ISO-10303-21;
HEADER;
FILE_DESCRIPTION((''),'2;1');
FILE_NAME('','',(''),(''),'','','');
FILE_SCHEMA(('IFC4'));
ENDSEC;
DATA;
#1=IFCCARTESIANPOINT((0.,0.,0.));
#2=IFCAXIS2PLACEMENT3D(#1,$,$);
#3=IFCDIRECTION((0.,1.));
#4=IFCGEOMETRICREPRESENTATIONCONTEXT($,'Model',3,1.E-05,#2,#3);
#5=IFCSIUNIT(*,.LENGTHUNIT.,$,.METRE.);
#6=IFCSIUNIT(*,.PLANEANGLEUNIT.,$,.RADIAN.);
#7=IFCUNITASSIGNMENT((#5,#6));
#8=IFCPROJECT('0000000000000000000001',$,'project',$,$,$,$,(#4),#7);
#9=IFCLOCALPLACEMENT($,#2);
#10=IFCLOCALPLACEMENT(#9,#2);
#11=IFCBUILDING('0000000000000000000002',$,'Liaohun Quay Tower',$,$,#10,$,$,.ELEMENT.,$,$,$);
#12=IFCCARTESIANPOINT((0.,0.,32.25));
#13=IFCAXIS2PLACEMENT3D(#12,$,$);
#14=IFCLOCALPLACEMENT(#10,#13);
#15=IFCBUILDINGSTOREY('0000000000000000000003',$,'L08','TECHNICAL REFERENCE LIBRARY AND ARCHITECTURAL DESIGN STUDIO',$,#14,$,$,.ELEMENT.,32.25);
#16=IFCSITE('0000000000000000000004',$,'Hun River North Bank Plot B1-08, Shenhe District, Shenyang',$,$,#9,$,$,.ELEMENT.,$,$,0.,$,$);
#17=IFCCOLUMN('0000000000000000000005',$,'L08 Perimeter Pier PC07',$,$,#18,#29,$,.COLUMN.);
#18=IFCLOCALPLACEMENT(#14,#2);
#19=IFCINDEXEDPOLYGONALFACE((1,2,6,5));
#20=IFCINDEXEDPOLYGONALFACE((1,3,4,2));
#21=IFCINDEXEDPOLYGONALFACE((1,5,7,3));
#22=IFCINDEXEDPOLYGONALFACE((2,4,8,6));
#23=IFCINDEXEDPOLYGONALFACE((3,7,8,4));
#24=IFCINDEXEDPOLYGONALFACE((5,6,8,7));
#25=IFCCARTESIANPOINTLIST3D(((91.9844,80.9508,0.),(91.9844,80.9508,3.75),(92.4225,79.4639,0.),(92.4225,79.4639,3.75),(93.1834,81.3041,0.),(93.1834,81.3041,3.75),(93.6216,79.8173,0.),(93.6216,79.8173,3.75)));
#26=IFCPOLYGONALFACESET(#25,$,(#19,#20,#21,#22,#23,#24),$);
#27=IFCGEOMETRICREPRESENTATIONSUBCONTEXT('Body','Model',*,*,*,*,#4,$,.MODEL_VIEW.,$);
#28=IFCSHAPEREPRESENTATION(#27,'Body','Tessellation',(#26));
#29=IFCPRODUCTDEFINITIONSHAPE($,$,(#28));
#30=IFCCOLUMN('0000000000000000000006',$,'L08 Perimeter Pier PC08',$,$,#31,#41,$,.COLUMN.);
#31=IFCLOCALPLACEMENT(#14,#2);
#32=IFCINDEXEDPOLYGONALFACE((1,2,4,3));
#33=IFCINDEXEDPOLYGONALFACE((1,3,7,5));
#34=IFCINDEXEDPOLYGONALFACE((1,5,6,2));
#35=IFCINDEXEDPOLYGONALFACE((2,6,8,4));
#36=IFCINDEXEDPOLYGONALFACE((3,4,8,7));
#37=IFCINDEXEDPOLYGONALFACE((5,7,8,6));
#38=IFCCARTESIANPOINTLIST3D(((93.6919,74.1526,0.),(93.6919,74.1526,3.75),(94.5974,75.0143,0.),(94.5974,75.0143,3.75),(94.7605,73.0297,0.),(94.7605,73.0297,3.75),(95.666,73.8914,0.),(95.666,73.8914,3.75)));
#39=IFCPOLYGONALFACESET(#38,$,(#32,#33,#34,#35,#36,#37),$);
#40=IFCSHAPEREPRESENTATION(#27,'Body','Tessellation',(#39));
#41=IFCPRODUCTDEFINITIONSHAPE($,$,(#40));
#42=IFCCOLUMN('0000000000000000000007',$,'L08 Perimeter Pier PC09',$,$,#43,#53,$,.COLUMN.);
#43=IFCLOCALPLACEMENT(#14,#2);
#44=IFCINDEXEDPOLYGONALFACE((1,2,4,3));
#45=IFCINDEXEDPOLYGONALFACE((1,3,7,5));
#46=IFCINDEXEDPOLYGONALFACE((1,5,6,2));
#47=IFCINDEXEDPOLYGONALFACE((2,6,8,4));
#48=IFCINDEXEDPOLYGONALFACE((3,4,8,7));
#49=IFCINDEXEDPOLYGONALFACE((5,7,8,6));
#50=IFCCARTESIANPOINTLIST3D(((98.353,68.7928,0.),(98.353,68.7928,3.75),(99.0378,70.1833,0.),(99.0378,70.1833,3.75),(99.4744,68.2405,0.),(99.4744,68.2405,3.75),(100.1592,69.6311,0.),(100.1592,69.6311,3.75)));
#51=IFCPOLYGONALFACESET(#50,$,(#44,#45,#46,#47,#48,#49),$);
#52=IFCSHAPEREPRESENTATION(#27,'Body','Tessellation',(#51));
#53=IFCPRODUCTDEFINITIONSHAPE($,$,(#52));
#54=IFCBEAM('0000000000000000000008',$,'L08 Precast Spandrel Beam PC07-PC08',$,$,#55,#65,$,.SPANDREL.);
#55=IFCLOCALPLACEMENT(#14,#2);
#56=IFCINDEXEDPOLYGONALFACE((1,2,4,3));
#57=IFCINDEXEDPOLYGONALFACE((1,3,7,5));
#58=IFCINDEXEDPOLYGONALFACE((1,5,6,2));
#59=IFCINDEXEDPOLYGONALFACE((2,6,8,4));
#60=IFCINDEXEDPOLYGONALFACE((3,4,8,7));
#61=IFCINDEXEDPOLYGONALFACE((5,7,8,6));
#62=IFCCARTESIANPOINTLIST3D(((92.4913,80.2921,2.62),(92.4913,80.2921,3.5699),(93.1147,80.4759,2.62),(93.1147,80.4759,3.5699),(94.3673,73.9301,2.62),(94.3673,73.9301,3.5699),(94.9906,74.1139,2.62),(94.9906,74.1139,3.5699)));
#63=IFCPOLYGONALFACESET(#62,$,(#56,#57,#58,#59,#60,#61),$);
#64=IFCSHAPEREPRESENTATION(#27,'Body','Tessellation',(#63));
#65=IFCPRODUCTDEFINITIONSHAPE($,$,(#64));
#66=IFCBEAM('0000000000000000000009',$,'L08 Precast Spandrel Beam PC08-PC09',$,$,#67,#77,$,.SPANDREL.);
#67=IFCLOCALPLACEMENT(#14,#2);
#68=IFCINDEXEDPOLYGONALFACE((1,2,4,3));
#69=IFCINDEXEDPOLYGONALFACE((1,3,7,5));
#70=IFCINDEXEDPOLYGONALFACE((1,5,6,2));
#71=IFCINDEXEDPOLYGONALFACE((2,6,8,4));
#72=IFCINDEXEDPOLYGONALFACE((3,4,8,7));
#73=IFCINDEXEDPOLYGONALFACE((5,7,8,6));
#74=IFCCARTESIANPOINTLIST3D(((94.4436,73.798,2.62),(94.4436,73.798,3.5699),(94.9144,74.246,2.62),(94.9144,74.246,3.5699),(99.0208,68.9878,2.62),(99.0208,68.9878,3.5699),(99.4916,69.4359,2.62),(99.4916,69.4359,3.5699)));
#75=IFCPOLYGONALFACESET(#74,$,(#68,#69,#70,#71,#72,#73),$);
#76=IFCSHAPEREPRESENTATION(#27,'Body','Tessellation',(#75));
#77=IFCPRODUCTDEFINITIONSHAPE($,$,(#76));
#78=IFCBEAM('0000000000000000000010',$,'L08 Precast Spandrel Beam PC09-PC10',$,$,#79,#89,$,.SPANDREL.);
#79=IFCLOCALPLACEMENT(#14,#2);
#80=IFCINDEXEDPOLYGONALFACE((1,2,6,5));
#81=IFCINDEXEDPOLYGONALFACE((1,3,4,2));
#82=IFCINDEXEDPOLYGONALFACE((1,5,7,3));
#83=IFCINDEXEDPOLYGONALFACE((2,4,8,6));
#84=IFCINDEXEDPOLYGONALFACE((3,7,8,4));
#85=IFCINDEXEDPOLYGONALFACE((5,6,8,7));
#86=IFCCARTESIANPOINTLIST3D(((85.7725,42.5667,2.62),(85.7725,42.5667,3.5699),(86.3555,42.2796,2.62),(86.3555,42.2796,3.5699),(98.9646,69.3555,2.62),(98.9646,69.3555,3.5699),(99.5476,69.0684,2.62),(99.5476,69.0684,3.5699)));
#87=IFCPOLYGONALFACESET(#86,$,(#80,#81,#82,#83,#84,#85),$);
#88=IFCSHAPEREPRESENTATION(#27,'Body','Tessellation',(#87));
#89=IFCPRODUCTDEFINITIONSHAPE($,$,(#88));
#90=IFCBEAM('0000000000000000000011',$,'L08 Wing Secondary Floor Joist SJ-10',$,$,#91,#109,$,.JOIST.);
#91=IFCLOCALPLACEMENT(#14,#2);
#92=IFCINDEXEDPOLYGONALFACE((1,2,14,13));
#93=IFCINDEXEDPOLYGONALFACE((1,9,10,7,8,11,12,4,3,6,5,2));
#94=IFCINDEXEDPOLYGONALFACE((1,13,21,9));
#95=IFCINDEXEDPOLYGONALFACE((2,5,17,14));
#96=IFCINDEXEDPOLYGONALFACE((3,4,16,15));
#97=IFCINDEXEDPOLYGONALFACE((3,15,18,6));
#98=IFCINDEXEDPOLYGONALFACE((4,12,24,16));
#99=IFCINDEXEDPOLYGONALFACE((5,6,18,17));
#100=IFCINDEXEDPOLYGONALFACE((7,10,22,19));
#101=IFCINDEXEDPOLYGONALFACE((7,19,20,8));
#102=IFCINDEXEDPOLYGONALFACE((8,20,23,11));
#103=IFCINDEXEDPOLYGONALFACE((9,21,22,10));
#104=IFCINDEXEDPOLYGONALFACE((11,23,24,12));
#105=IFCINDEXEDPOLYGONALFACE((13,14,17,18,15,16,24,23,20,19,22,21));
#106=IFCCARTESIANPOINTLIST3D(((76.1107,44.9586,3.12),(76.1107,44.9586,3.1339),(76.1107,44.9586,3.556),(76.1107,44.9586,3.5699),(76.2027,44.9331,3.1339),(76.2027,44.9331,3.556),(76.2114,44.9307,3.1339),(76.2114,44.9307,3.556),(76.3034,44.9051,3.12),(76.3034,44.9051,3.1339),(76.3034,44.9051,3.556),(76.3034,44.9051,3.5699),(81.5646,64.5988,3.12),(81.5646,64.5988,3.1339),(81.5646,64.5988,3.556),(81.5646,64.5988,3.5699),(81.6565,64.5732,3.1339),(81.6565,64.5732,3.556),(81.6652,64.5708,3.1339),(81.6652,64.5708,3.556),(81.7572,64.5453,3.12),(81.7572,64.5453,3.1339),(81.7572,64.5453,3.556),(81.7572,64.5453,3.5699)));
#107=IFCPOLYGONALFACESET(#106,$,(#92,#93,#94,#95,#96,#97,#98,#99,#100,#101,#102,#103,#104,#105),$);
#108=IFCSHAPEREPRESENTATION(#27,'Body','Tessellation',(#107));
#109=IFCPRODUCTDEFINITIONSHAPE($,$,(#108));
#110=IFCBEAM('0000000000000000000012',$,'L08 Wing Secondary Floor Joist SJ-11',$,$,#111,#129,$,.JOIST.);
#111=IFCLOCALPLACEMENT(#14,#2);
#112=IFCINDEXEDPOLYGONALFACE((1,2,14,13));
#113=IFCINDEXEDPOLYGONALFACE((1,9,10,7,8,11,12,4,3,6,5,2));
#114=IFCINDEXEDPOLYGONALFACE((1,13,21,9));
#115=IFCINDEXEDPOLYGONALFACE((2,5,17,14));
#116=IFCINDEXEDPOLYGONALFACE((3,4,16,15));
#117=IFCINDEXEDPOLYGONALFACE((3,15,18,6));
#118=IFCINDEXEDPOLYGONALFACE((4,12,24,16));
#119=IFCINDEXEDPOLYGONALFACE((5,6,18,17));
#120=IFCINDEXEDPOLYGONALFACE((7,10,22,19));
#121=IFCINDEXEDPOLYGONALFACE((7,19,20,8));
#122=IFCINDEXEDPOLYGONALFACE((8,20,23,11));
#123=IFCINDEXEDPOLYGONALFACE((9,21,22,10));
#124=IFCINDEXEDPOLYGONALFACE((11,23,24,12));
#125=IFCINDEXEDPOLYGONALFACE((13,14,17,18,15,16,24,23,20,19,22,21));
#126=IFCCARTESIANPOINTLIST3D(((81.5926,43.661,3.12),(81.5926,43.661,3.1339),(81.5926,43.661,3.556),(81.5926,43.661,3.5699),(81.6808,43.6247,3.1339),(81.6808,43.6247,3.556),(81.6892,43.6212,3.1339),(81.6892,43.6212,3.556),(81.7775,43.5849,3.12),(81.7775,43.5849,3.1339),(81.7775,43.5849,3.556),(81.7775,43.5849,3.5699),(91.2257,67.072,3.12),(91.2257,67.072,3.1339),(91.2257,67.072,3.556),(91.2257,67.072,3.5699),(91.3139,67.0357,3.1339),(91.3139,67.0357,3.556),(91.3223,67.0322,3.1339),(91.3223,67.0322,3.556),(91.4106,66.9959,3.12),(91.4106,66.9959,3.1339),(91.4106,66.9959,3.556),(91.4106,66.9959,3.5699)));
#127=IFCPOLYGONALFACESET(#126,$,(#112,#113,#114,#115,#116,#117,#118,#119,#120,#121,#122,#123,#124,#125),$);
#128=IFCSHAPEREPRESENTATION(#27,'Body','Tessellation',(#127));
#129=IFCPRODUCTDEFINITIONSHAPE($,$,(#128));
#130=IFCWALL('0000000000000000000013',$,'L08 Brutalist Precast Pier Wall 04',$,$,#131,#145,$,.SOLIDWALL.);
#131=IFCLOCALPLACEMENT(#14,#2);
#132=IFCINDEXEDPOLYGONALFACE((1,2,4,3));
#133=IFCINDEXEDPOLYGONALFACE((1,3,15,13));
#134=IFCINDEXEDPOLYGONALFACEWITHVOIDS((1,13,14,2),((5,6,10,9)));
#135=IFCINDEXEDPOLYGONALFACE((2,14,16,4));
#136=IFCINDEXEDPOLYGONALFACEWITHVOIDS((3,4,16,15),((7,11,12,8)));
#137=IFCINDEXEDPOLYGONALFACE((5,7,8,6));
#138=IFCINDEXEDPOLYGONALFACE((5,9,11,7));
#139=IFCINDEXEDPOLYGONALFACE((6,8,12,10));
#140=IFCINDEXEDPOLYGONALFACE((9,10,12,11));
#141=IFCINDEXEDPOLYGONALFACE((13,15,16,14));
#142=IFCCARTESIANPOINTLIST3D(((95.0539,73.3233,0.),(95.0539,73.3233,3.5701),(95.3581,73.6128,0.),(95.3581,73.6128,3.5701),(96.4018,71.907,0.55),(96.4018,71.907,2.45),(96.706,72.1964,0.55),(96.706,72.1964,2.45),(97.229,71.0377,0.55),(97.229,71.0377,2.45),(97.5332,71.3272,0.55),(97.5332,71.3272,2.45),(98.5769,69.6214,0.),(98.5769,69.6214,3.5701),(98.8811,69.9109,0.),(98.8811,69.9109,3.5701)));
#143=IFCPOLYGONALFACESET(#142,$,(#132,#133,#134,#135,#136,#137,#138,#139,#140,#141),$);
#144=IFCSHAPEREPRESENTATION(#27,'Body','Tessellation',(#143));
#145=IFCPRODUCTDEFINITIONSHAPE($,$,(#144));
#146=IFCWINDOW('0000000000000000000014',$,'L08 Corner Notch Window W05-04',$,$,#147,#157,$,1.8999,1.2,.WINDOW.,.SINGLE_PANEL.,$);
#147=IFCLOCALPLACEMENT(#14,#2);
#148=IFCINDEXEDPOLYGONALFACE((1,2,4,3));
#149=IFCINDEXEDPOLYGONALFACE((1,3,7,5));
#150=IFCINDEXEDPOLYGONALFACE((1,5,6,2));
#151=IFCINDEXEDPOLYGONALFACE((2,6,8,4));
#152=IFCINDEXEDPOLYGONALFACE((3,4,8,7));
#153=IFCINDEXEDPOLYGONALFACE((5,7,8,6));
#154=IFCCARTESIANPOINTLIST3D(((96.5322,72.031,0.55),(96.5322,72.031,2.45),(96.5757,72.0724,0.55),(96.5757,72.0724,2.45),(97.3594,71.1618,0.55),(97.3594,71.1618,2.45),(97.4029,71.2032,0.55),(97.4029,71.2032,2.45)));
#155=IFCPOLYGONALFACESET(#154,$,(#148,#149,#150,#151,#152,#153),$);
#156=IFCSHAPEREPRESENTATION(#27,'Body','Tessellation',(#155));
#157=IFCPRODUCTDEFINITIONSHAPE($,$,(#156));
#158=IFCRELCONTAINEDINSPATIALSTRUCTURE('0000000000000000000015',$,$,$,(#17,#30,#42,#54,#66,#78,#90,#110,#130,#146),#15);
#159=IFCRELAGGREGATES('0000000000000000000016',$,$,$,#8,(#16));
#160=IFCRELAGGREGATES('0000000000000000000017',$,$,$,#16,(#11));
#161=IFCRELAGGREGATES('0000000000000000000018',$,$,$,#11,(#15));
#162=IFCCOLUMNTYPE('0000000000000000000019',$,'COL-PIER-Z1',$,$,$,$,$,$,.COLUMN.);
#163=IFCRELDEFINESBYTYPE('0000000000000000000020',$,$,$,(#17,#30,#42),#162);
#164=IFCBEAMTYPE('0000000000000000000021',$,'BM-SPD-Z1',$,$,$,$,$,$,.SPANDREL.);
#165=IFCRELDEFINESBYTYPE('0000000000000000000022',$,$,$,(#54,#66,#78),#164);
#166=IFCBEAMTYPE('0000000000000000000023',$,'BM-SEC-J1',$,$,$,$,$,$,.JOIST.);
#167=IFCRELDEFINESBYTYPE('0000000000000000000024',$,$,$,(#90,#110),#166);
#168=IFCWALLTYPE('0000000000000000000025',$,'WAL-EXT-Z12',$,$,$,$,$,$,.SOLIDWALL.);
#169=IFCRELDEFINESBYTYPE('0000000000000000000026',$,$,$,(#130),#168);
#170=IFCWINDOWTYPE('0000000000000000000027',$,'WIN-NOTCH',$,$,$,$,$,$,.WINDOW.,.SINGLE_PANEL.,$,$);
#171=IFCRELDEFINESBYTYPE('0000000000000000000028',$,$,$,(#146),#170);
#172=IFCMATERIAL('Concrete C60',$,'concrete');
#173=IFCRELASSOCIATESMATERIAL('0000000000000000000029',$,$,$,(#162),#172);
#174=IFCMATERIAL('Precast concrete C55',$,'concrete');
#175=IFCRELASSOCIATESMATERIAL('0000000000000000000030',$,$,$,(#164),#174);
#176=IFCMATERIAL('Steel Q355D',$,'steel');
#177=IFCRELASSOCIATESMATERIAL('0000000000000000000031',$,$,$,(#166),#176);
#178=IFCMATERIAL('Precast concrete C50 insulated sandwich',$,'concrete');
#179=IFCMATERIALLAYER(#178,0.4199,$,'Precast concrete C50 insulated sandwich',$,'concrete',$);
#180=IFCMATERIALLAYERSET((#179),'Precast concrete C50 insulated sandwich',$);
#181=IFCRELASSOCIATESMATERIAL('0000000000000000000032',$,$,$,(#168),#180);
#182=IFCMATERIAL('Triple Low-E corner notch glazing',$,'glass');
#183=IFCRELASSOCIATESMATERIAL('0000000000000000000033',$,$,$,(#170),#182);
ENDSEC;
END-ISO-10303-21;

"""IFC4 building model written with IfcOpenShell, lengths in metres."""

from ifc_helpers import new_model, si_unit, direction, frame, frame_2d, origin, origin_2d, place, context, subcontext, project, spatial, rectangle, i_section, extrude, source, transform, mapped, material, layer, layer_set, material_profile, profile_set, type_object, element, fill, save


model = new_model("IFC4")

# Units and contexts
model_context = context("Model", 3, precision=1e-05, world=origin(), true_north=direction((0.0, 1.0)))
body_context = subcontext(model_context, "Body", "Model", "MODEL_VIEW")
ifc_project = project(units=[si_unit("LENGTHUNIT", "METRE"), si_unit("PLANEANGLEUNIT", "RADIAN")], contexts=[model_context])

# Site, building, storey
site_placement = place(None, origin())
site = spatial("IfcSite", under=ifc_project, at=site_placement, Name="Hun River North Bank Plot B1-08, Shenhe District, Shenyang", CompositionType="ELEMENT", RefElevation=0.0)
building_placement = place(site_placement, origin())
building = spatial("IfcBuilding", under=site, at=building_placement, Name="Liaohun Quay Tower", CompositionType="ELEMENT")
storey_placement = place(building_placement, frame((0.0, 0.0, 32.25)))
storey = spatial("IfcBuildingStorey", under=building, at=storey_placement, Name="L08", Description="TECHNICAL REFERENCE LIBRARY AND ARCHITECTURAL DESIGN STUDIO", CompositionType="ELEMENT", Elevation=32.25)

# Columns
ifc_material_1 = material(Name="Concrete C60", Category="concrete")
ifc_material_profile_1 = material_profile(ifc_material_1, rectangle(XDim=1.55, YDim=1.25, at=origin_2d()), Name="RC1550x1250")
ifc_profile_set_1 = profile_set([ifc_material_profile_1], Name="Concrete C60")
column_type = type_object("IfcColumnType", Name="COL-PIER-Z1", PredefinedType="COLUMN", material=ifc_profile_set_1)
shared_shape_1 = source(origin(), body_context, "Body", "SweptSolid", [
    extrude(rectangle(XDim=1.55, YDim=1.25, at=origin_2d()), origin(), (0.0, 0.0, 1.0), 3.75),
])
for number, where, z_axis, x_axis, name in (
    (1, (92.803, 80.384, 0.0), (0.0, 0.0, 1.0), (-0.282676, 0.959215, 0.0), "L08 Perimeter Pier PC07"),
    (2, (94.679, 74.022, 0.0), (0.0, 0.0, 1.0), (-0.689367, 0.724413, 0.0), "L08 Perimeter Pier PC08"),
    (3, (99.2561, 69.2119, 0.0), (0.0, 0.0, 1.0), (0.441819, 0.897104, 0.0), "L08 Perimeter Pier PC09"),
):
    element("IfcColumn", number, at=place(storey_placement, frame(where, z_axis=z_axis, x_axis=x_axis)), inside=storey, type_object=column_type, Name=name, PredefinedType="COLUMN", context=body_context, shape_type="MappedRepresentation", body=[
        mapped(shared_shape_1, transform((0.0, 0.0, 0.0), x_axis=(1.0, 0.0, 0.0), y_axis=(0.0, 1.0, 0.0), z_axis=(0.0, 0.0, 1.0), scale=1.0)),
    ])

# Beams
ifc_material_2 = material(Name="Precast concrete C55", Category="concrete")
ifc_material_profile_2 = material_profile(ifc_material_2, rectangle(XDim=0.6499, YDim=0.95, at=origin_2d()), Name="RC650x950")
ifc_profile_set_2 = profile_set([ifc_material_profile_2], Name="Precast concrete C55")
beam_type_1 = type_object("IfcBeamType", Name="BM-SPD-Z1", PredefinedType="SPANDREL", material=ifc_profile_set_2)
shared_shape_2 = source(origin(), body_context, "Body", "SweptSolid", [
    extrude(rectangle(XDim=0.6499, YDim=0.95, at=origin_2d()), origin(), (0.0, 0.0, 1.0), 6.6328),
])
beam_1_placement = place(storey_placement, frame((92.803, 80.384, 3.095), z_axis=(0.28283, -0.95917, 0.0), x_axis=(0.95917, 0.28283, 0.0)))
element("IfcBeam", 4, at=beam_1_placement, inside=storey, type_object=beam_type_1, Name="L08 Precast Spandrel Beam PC07-PC08", PredefinedType="SPANDREL", context=body_context, shape_type="MappedRepresentation", body=[
    mapped(shared_shape_2, transform((0.0, 0.0, 0.0), x_axis=(1.0, 0.0, 0.0), y_axis=(0.0, 1.0, 0.0), z_axis=(0.0, 0.0, 1.0), scale=1.0)),
])
shared_shape_3 = source(origin(), body_context, "Body", "SweptSolid", [
    extrude(rectangle(XDim=0.6499, YDim=0.95, at=origin_2d()), origin(), (0.0, 0.0, 1.0), 6.6399),
])
beam_2_placement = place(storey_placement, frame((94.679, 74.022, 3.095), z_axis=(0.68935, -0.724428, 0.0), x_axis=(0.724428, 0.68935, 0.0)))
element("IfcBeam", 5, at=beam_2_placement, inside=storey, type_object=beam_type_1, Name="L08 Precast Spandrel Beam PC08-PC09", PredefinedType="SPANDREL", context=body_context, shape_type="MappedRepresentation", body=[
    mapped(shared_shape_3, transform((0.0, 0.0, 0.0), x_axis=(1.0, 0.0, 0.0), y_axis=(0.0, 1.0, 0.0), z_axis=(0.0, 0.0, 1.0), scale=1.0)),
])
shared_shape_4 = source(origin(), body_context, "Body", "SweptSolid", [
    extrude(rectangle(XDim=0.6499, YDim=0.95, at=origin_2d()), origin(), (0.0, 0.0, 1.0), 29.8608),
])
beam_3_placement = place(storey_placement, frame((99.2561, 69.2119, 3.095), z_axis=(-0.441786, -0.89712, 0.0), x_axis=(0.89712, -0.441786, 0.0)))
element("IfcBeam", 6, at=beam_3_placement, inside=storey, type_object=beam_type_1, Name="L08 Precast Spandrel Beam PC09-PC10", PredefinedType="SPANDREL", context=body_context, shape_type="MappedRepresentation", body=[
    mapped(shared_shape_4, transform((0.0, 0.0, 0.0), x_axis=(1.0, 0.0, 0.0), y_axis=(0.0, 1.0, 0.0), z_axis=(0.0, 0.0, 1.0), scale=1.0)),
])
ifc_material_3 = material(Name="Steel Q355D", Category="steel")
ifc_material_profile_3 = material_profile(ifc_material_3, i_section(OverallWidth=0.2, OverallDepth=0.45, WebThickness=0.009, FlangeThickness=0.0139, at=origin_2d()), Name="HN450x200x9x14")
ifc_profile_set_3 = profile_set([ifc_material_profile_3], Name="Steel Q355D")
beam_type_2 = type_object("IfcBeamType", Name="BM-SEC-J1", PredefinedType="JOIST", material=ifc_profile_set_3)
shared_shape_5 = source(origin(), body_context, "Body", "SweptSolid", [
    extrude(i_section(OverallWidth=0.2, OverallDepth=0.45, WebThickness=0.009, FlangeThickness=0.0139, at=origin_2d()), origin(), (0.0, 0.0, 1.0), 20.3833),
])
beam_4_placement = place(storey_placement, frame((81.6609, 64.572, 3.345), z_axis=(-0.267565, -0.96354, 0.0), x_axis=(0.96354, -0.267565, 0.0)))
element("IfcBeam", 7, at=beam_4_placement, inside=storey, type_object=beam_type_2, Name="L08 Wing Secondary Floor Joist SJ-10", PredefinedType="JOIST", context=body_context, shape_type="MappedRepresentation", body=[
    mapped(shared_shape_5, transform((0.0, 0.0, 0.0), x_axis=(1.0, 0.0, 0.0), y_axis=(0.0, 1.0, 0.0), z_axis=(0.0, 0.0, 1.0), scale=1.0)),
])
shared_shape_6 = source(origin(), body_context, "Body", "SweptSolid", [
    extrude(i_section(OverallWidth=0.2, OverallDepth=0.45, WebThickness=0.009, FlangeThickness=0.0139, at=origin_2d()), origin(), (0.0, 0.0, 1.0), 25.3154),
])
beam_5_placement = place(storey_placement, frame((91.3181, 67.0339, 3.345), z_axis=(-0.380523, -0.924772, 0.0), x_axis=(0.924772, -0.380523, 0.0)))
element("IfcBeam", 8, at=beam_5_placement, inside=storey, type_object=beam_type_2, Name="L08 Wing Secondary Floor Joist SJ-11", PredefinedType="JOIST", context=body_context, shape_type="MappedRepresentation", body=[
    mapped(shared_shape_6, transform((0.0, 0.0, 0.0), x_axis=(1.0, 0.0, 0.0), y_axis=(0.0, 1.0, 0.0), z_axis=(0.0, 0.0, 1.0), scale=1.0)),
])

# Wall, opening, window
ifc_material_4 = material(Name="Precast concrete C50 insulated sandwich", Category="concrete")
ifc_layer_1 = layer(ifc_material_4, 0.4199, Name="Precast concrete C50 insulated sandwich", Category="concrete")
ifc_layer_set_1 = layer_set([ifc_layer_1], Name="Precast concrete C50 insulated sandwich")
wall_type_1 = type_object("IfcWallType", Name="WAL-EXT-Z12", PredefinedType="SOLIDWALL", material=ifc_layer_set_1)
wall_1_placement = place(storey_placement, frame((98.729, 69.7661, 0.0), z_axis=(0.0, 0.0, 1.0), x_axis=(-0.689381, 0.724399, 0.0)))
wall_1 = element("IfcWall", 9, at=wall_1_placement, inside=storey, type_object=wall_type_1, Name="L08 Brutalist Precast Pier Wall 04", PredefinedType="SOLIDWALL", context=body_context, shape_type="SweptSolid", body=[
    extrude(rectangle(XDim=5.1104, YDim=0.4199, at=frame_2d((2.5552, 0.0))), origin(), (0.0, 0.0, 1.0), 3.5701),
])
shared_shape_7 = source(origin(), body_context, "Body", "SweptSolid", [
    extrude(rectangle(XDim=1.2, YDim=1.8999, at=frame_2d((0.6001, 0.95))), frame((0.0, 0.22, 0.0), z_axis=(0.0, -1.0, 0.0), x_axis=(1.0, 0.0, 0.0)), (0.0, 0.0, 1.0), 0.4399),
])
opening_1_placement = place(wall_1_placement, frame((1.9551, 0.0, 0.55)))
opening_1 = element("IfcOpeningElement", 10, at=opening_1_placement, cuts=wall_1, PredefinedType="OPENING", context=body_context, shape_type="MappedRepresentation", body=[
    mapped(shared_shape_7, transform((0.0, 0.0, 0.0), x_axis=(1.0, 0.0, 0.0), y_axis=(0.0, 1.0, 0.0), z_axis=(0.0, 0.0, 1.0), scale=1.0)),
])
ifc_material_5 = material(Name="Triple Low-E corner notch glazing", Category="glass")
window_type_1 = type_object("IfcWindowType", Name="WIN-NOTCH", PartitioningType="SINGLE_PANEL", PredefinedType="WINDOW", material=ifc_material_5)
shared_shape_8 = source(origin(), body_context, "Body", "SweptSolid", [
    extrude(rectangle(XDim=1.2, YDim=1.8999, at=frame_2d((0.6001, 0.95))), frame((0.0, 0.03, 0.0), z_axis=(0.0, -1.0, 0.0), x_axis=(1.0, 0.0, 0.0)), (0.0, 0.0, 1.0), 0.0601),
])
window_1_placement = place(opening_1_placement, origin())
window_1 = element("IfcWindow", 11, at=window_1_placement, inside=storey, type_object=window_type_1, Name="L08 Corner Notch Window W05-04", OverallHeight=1.8999, OverallWidth=1.2, PartitioningType="SINGLE_PANEL", PredefinedType="WINDOW", context=body_context, shape_type="MappedRepresentation", body=[
    mapped(shared_shape_8, transform((0.0, 0.0, 0.0), x_axis=(1.0, 0.0, 0.0), y_axis=(0.0, 1.0, 0.0), z_axis=(0.0, 0.0, 1.0), scale=1.0)),
])
fill(opening_1, window_1)

save(model, "model.ifc")
